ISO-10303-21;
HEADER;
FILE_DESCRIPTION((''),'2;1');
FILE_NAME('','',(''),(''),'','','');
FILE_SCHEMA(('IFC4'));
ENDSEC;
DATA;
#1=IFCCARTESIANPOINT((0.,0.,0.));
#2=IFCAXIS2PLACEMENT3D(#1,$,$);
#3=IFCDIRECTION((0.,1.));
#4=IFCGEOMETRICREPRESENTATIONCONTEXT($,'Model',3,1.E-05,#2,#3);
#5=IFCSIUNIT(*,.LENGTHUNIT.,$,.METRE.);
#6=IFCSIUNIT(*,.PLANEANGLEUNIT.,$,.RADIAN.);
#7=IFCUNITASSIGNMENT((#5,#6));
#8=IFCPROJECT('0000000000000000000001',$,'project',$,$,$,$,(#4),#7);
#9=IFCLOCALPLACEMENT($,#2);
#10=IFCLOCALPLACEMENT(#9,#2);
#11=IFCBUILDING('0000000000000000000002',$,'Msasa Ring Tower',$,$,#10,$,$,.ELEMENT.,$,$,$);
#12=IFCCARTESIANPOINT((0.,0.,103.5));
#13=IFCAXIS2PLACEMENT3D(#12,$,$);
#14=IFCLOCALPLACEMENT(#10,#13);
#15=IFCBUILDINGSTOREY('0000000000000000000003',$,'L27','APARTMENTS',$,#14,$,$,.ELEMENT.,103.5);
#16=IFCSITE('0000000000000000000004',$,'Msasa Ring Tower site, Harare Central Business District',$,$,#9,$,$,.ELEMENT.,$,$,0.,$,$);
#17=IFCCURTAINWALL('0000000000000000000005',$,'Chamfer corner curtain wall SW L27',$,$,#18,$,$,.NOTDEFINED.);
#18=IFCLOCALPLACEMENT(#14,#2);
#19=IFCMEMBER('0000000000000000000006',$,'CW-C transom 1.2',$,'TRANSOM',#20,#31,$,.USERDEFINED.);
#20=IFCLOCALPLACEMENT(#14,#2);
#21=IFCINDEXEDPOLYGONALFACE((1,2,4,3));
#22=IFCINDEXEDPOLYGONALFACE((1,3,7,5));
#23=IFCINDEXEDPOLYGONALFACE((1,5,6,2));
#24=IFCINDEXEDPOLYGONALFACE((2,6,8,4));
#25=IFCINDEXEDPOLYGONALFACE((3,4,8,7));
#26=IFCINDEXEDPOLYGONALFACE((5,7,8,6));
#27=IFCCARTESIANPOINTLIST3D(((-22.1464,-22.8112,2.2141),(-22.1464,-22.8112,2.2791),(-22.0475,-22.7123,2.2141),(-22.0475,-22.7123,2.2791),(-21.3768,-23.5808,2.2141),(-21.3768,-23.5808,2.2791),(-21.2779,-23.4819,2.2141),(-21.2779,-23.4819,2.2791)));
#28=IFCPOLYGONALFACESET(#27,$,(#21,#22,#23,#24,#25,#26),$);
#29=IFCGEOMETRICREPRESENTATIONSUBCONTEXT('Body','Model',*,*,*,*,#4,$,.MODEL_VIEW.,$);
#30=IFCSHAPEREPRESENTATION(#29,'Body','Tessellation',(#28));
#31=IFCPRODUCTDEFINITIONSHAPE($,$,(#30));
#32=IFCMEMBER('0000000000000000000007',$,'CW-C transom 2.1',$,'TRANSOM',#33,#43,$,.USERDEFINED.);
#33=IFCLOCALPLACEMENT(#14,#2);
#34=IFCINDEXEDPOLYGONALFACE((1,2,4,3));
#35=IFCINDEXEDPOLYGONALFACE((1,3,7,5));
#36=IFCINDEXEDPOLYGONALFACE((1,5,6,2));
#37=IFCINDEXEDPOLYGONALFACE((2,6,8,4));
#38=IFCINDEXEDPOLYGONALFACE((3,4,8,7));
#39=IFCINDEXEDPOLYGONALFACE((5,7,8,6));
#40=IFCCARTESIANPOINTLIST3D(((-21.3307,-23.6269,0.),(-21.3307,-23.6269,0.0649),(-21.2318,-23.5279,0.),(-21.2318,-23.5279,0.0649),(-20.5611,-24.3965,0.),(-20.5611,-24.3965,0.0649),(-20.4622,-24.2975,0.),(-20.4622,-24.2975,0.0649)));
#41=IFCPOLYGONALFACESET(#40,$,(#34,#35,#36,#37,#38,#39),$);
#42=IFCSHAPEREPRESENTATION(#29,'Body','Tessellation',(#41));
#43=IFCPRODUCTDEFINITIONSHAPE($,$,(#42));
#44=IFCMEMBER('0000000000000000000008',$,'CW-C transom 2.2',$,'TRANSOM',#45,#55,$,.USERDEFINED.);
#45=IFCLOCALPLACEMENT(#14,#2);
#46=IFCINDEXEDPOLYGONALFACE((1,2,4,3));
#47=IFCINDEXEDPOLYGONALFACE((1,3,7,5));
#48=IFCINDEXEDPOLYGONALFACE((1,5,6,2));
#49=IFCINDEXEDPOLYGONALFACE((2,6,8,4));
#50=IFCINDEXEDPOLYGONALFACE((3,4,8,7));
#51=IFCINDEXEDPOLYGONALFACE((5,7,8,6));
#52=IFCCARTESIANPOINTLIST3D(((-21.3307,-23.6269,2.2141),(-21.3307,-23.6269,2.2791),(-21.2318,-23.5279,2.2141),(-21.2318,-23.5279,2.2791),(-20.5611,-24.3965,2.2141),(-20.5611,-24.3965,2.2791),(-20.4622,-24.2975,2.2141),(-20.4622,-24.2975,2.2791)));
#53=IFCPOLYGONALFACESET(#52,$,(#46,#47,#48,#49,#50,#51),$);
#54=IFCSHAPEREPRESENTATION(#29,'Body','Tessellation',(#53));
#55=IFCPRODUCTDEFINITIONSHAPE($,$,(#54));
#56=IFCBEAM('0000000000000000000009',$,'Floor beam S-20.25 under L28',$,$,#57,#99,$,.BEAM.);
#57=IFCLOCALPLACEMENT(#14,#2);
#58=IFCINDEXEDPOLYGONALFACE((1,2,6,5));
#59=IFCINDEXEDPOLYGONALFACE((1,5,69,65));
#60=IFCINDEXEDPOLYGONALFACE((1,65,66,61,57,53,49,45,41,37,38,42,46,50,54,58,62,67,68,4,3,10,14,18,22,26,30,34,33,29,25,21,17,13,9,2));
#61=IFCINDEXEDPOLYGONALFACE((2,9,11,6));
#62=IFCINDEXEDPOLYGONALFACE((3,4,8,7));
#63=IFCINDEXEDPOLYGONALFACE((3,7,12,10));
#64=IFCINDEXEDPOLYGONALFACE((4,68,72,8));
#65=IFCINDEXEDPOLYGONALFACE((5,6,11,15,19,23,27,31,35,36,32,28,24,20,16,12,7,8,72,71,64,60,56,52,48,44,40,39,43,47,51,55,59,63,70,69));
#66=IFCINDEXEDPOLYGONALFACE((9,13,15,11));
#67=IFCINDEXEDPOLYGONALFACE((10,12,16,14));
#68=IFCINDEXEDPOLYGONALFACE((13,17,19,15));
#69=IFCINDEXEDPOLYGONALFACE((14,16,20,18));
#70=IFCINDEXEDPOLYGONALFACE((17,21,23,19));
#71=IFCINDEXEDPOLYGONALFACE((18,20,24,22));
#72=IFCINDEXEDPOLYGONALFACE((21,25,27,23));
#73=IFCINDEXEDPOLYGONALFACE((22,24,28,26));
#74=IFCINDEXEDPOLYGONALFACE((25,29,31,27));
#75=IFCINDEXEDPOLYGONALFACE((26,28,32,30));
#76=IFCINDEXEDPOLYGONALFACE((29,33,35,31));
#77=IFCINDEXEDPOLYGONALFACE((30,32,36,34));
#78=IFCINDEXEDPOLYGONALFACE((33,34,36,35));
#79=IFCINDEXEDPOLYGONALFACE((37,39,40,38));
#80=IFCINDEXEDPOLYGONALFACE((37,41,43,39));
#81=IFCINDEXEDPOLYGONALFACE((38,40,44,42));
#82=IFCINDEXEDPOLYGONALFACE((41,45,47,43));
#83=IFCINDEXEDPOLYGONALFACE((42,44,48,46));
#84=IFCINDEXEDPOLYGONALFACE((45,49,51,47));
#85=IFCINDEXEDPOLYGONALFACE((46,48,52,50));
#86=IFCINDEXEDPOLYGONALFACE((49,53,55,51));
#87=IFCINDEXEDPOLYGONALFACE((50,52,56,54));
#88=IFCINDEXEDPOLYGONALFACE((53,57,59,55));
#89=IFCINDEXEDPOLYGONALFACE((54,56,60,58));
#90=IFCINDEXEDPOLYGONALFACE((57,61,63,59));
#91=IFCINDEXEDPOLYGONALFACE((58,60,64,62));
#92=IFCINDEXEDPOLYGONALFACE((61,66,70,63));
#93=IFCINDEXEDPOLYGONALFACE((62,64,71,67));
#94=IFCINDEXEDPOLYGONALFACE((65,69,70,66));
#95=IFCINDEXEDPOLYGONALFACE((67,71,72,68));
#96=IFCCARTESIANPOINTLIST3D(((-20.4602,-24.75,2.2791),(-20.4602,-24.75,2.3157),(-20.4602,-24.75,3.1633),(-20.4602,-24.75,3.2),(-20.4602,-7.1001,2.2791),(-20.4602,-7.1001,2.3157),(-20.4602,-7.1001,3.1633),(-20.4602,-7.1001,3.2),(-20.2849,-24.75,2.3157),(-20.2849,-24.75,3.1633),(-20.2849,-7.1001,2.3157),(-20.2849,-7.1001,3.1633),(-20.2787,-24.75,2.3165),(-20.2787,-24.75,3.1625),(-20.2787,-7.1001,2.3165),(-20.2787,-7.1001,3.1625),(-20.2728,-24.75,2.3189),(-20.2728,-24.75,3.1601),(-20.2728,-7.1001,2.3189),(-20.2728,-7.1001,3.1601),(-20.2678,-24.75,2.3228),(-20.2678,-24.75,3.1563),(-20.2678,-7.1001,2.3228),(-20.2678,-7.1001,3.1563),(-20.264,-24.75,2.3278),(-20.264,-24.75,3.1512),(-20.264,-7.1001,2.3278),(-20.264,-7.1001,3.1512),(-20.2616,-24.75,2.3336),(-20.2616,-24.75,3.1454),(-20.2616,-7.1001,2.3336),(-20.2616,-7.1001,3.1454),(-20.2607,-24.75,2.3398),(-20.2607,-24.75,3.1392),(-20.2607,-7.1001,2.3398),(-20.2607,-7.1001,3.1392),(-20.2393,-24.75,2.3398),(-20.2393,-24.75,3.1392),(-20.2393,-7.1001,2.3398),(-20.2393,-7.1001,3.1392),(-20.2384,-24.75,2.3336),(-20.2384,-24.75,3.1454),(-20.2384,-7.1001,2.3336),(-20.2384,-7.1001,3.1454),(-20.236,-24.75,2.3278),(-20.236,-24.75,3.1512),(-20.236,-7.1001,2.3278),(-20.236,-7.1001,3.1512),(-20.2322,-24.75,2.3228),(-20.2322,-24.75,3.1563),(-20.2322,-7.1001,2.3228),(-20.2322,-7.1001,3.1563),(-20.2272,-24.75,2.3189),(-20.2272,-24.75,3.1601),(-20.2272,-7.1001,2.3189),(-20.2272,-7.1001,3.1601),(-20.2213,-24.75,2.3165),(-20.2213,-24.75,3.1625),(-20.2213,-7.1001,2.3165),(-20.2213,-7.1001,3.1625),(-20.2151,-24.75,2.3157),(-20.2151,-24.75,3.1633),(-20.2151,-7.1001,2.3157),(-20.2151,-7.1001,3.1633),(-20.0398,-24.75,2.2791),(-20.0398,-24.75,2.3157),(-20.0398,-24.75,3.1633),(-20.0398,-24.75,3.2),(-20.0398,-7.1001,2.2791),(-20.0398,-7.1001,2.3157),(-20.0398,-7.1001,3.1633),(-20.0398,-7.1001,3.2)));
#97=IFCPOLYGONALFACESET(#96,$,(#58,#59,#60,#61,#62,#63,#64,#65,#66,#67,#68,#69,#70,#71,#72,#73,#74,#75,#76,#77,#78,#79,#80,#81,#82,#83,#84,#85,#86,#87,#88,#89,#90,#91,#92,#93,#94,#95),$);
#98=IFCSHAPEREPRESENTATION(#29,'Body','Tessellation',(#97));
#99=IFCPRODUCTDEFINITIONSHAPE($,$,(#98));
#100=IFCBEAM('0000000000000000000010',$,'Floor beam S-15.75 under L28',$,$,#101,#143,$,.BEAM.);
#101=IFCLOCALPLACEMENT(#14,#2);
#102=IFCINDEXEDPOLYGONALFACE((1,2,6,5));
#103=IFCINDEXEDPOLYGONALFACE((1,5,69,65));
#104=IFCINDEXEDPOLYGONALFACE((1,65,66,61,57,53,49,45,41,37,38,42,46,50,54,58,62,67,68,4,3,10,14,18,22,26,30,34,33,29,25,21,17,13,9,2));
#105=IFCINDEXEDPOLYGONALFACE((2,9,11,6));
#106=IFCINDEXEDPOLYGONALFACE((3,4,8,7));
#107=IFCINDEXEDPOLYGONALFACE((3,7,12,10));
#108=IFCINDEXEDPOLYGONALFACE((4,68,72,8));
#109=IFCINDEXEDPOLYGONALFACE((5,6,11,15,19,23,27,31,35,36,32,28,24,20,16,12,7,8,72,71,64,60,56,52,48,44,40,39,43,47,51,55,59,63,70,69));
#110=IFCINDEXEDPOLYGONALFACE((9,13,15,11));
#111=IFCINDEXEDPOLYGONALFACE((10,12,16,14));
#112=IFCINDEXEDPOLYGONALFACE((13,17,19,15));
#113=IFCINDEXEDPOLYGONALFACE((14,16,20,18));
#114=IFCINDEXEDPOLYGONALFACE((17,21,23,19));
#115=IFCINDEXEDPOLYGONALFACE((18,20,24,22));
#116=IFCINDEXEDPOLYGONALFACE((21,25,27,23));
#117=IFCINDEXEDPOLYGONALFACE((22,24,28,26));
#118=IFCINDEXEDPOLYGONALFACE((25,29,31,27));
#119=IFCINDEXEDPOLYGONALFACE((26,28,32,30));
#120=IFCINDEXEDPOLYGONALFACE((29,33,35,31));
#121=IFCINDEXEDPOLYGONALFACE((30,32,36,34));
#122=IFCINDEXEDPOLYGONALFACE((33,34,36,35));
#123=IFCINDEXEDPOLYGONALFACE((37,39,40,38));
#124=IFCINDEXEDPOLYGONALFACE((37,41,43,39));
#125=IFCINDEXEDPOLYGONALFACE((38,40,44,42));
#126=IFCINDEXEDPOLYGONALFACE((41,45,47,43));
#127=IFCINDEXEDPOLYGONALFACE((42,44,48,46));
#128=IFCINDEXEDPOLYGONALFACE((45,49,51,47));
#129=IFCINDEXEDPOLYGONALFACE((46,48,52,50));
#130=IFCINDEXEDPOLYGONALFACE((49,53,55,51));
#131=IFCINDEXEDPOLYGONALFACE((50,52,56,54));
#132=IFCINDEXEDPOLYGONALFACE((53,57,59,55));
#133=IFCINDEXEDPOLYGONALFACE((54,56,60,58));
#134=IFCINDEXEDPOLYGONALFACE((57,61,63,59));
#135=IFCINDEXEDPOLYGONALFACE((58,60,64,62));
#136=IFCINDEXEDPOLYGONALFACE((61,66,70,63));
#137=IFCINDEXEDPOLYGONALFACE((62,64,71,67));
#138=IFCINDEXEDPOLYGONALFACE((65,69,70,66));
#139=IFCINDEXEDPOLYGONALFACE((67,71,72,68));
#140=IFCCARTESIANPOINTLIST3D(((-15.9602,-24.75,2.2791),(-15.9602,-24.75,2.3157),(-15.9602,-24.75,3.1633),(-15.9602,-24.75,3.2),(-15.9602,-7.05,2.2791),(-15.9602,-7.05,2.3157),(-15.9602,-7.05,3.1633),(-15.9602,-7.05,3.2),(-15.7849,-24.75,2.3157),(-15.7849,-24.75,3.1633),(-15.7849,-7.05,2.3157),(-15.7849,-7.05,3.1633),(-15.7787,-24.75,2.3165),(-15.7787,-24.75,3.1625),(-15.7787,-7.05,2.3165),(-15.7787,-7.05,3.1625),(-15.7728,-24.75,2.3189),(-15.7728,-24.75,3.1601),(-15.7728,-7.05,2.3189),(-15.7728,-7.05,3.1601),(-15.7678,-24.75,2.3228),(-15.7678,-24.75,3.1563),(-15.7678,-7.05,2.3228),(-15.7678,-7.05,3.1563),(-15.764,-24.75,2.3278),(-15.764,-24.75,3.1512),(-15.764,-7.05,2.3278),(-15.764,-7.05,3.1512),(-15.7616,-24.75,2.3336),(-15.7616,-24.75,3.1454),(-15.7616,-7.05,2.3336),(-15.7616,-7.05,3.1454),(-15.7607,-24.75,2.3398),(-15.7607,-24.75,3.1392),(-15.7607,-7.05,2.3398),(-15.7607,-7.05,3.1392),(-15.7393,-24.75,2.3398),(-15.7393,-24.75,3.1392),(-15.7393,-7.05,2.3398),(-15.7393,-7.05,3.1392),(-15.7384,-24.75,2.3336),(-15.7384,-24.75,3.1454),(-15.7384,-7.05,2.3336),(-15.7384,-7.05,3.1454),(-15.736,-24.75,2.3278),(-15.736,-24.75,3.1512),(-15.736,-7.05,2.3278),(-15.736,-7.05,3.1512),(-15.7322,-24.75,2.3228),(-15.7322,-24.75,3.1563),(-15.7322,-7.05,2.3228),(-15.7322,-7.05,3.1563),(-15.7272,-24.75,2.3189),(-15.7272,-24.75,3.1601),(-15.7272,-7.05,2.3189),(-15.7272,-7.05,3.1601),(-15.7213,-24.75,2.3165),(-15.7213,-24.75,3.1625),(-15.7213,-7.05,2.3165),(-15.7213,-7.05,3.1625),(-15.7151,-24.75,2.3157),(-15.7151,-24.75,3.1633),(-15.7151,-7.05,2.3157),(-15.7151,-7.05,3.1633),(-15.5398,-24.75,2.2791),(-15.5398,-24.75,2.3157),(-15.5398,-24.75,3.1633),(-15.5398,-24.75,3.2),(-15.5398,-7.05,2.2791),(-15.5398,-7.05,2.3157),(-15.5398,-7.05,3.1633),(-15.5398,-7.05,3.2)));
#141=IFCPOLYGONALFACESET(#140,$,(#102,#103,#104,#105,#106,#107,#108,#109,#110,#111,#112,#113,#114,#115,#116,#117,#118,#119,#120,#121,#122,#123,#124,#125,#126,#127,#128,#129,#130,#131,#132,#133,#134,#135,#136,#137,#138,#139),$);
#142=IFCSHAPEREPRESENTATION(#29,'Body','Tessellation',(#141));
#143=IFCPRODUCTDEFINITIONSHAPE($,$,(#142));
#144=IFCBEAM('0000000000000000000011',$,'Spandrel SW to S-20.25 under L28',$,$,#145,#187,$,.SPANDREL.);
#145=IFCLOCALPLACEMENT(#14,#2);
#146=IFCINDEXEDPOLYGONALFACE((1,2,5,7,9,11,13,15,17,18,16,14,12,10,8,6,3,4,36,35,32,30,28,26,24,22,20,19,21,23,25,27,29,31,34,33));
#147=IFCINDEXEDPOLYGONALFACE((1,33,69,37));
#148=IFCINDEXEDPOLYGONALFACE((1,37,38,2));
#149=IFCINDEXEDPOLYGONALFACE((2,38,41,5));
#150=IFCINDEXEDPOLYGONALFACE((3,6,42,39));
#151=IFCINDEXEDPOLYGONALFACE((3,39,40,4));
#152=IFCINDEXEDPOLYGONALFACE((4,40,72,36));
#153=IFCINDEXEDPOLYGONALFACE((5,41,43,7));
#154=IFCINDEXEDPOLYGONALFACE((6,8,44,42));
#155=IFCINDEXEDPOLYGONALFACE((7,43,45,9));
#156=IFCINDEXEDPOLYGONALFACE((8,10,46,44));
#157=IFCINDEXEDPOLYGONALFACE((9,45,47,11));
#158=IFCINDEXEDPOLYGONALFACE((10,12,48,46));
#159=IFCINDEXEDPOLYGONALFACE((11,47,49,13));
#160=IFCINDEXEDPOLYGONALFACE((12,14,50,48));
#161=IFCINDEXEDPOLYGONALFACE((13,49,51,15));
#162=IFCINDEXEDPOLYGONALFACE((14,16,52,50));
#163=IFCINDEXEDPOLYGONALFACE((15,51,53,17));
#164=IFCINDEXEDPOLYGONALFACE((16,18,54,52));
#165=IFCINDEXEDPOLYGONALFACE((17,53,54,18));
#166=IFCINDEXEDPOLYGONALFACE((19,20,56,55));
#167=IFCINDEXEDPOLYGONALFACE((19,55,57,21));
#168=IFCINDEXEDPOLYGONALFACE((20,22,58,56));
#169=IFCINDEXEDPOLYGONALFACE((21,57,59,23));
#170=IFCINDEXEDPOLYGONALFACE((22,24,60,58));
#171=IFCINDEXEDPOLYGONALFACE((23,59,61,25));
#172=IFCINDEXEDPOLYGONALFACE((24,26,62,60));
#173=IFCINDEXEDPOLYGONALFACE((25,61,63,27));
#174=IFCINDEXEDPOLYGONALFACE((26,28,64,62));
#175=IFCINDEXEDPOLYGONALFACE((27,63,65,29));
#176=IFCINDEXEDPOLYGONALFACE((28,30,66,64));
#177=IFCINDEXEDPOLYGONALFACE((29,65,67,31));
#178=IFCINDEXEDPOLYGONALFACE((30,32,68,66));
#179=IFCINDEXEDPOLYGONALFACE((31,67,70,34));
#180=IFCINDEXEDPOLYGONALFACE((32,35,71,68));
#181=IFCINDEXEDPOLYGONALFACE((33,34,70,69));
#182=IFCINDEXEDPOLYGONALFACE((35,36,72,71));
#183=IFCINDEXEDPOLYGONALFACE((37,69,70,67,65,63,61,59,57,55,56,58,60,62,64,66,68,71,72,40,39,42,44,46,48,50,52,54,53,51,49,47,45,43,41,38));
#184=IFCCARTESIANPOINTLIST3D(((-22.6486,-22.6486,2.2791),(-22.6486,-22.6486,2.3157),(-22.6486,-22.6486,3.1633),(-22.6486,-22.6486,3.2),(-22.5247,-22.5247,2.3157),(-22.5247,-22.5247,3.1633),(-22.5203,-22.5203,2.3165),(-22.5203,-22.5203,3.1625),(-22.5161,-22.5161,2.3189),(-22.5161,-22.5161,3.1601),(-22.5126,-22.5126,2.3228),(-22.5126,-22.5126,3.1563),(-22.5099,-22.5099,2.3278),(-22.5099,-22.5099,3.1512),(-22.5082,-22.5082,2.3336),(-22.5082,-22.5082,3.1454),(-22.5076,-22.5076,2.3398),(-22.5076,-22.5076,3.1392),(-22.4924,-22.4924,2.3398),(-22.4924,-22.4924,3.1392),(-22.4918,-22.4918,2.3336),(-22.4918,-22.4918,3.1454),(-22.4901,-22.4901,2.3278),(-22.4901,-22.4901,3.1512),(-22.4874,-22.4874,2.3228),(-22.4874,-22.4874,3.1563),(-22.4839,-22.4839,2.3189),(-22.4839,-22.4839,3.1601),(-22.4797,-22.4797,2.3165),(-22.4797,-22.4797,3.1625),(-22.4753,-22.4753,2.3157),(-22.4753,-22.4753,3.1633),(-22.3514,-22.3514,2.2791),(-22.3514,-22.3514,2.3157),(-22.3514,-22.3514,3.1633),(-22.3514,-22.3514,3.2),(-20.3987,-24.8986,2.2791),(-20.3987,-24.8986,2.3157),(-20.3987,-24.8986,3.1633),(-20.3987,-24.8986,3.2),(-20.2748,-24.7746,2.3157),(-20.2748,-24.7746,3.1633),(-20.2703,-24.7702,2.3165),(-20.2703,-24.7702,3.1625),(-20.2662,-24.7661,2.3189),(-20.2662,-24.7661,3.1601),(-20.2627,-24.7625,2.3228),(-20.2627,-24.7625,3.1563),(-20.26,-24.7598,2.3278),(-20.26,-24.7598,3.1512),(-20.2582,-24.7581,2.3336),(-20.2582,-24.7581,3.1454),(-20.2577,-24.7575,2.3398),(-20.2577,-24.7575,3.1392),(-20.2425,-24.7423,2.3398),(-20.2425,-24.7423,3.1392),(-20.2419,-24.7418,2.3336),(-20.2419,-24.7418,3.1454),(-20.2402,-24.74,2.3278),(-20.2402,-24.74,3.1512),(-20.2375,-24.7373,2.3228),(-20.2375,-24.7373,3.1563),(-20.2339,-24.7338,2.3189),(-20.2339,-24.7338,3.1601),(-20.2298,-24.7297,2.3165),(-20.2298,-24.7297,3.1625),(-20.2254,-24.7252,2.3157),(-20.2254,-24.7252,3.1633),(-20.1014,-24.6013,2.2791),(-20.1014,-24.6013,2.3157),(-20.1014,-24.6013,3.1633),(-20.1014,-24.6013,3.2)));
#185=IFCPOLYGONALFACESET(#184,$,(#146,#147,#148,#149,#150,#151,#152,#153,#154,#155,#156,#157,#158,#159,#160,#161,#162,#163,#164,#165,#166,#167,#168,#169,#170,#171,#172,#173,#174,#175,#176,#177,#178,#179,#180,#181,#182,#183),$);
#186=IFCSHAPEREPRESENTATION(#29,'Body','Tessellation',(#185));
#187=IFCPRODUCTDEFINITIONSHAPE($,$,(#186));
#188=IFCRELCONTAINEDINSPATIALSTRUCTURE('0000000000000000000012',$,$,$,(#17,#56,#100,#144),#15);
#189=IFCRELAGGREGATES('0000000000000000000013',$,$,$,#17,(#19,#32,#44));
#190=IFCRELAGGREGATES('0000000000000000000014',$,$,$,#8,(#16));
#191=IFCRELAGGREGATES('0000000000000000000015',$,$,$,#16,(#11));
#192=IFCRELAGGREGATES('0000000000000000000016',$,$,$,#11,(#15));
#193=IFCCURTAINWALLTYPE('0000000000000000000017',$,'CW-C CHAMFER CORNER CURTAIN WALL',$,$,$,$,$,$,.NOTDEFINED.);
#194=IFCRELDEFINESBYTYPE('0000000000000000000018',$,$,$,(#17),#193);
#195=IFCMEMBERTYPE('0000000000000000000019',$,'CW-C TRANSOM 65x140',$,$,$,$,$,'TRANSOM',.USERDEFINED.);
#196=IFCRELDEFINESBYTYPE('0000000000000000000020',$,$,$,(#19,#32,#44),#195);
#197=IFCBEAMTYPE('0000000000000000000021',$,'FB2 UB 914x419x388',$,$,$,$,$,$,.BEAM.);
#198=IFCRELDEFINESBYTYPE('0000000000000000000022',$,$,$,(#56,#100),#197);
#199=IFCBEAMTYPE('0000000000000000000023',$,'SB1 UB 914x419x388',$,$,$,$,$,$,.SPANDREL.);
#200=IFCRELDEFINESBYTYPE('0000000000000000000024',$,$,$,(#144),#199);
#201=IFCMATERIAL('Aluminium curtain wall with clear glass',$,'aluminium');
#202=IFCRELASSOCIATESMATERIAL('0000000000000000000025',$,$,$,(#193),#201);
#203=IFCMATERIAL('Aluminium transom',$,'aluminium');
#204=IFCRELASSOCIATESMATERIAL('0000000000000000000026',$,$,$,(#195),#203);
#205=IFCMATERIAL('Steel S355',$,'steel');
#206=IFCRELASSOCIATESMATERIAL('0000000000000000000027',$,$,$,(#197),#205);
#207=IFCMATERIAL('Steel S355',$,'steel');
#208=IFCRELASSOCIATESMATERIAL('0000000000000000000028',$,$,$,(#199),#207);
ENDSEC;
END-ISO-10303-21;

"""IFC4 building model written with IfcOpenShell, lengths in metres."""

from ifc_helpers import new_model, si_unit, direction, frame, origin, origin_2d, place, context, subcontext, project, spatial, rectangle, i_section, extrude, material, material_profile, profile_set, type_object, element, aggregate, save


model = new_model("IFC4")

# Units and contexts
model_context = context("Model", 3, precision=1e-05, world=origin(), true_north=direction((0.0, 1.0)))
body_context = subcontext(model_context, "Body", "Model", "MODEL_VIEW")
ifc_project = project(units=[si_unit("LENGTHUNIT", "METRE"), si_unit("PLANEANGLEUNIT", "RADIAN")], contexts=[model_context])

# Site, building, storey
site_placement = place(None, origin())
site = spatial("IfcSite", under=ifc_project, at=site_placement, Name="Msasa Ring Tower site, Harare Central Business District", CompositionType="ELEMENT", RefElevation=0.0)
building_placement = place(site_placement, origin())
building = spatial("IfcBuilding", under=site, at=building_placement, Name="Msasa Ring Tower", CompositionType="ELEMENT")
storey_placement = place(building_placement, frame((0.0, 0.0, 103.5)))
storey = spatial("IfcBuildingStorey", under=building, at=storey_placement, Name="L27", Description="APARTMENTS", CompositionType="ELEMENT", Elevation=103.5)

# Curtain wall
ifc_material_1 = material(Name="Aluminium curtain wall with clear glass", Category="aluminium")
curtain_wall_type = type_object("IfcCurtainWallType", Name="CW-C CHAMFER CORNER CURTAIN WALL", PredefinedType="NOTDEFINED", material=ifc_material_1)
curtain_wall_1_placement = place(storey_placement, origin())
curtain_wall_1 = element("IfcCurtainWall", 1, at=curtain_wall_1_placement, inside=storey, type_object=curtain_wall_type, Name="Chamfer corner curtain wall SW L27", PredefinedType="NOTDEFINED")

# Members
ifc_material_2 = material(Name="Aluminium transom", Category="aluminium")
ifc_material_profile_1 = material_profile(ifc_material_2, rectangle(XDim=0.1399, YDim=0.0649, at=origin_2d()), Name="AL 65x140")
ifc_profile_set_1 = profile_set([ifc_material_profile_1], Name="Aluminium transom")
member_type_1 = type_object("IfcMemberType", Name="CW-C TRANSOM 65x140", ElementType="TRANSOM", PredefinedType="USERDEFINED", material=ifc_profile_set_1)
member_1_placement = place(storey_placement, frame((-22.0969, -22.7617, 2.2466), z_axis=(0.707107, -0.707107, 0.0), x_axis=(0.707107, 0.707107, 0.0)))
member_1 = element("IfcMember", 2, at=member_1_placement, type_object=member_type_1, Name="CW-C transom 1.2", ObjectType="TRANSOM", PredefinedType="USERDEFINED", context=body_context, shape_type="SweptSolid", body=[
    extrude(rectangle(XDim=0.1399, YDim=0.0649, at=origin_2d()), origin(), (0.0, 0.0, 1.0), 1.0884),
])
member_2_placement = place(storey_placement, frame((-21.2812, -23.5774, 0.0325), z_axis=(0.707107, -0.707107, 0.0), x_axis=(0.707107, 0.707107, 0.0)))
member_2 = element("IfcMember", 3, at=member_2_placement, type_object=member_type_1, Name="CW-C transom 2.1", ObjectType="TRANSOM", PredefinedType="USERDEFINED", context=body_context, shape_type="SweptSolid", body=[
    extrude(rectangle(XDim=0.1399, YDim=0.0649, at=origin_2d()), origin(), (0.0, 0.0, 1.0), 1.0884),
])
member_3_placement = place(storey_placement, frame((-21.2812, -23.5774, 2.2466), z_axis=(0.707107, -0.707107, 0.0), x_axis=(0.707107, 0.707107, 0.0)))
member_3 = element("IfcMember", 4, at=member_3_placement, type_object=member_type_1, Name="CW-C transom 2.2", ObjectType="TRANSOM", PredefinedType="USERDEFINED", context=body_context, shape_type="SweptSolid", body=[
    extrude(rectangle(XDim=0.1399, YDim=0.0649, at=origin_2d()), origin(), (0.0, 0.0, 1.0), 1.0884),
])

# Beams
ifc_material_3 = material(Name="Steel S355", Category="steel")
ifc_material_profile_2 = material_profile(ifc_material_3, i_section(OverallWidth=0.4204, OverallDepth=0.9209, WebThickness=0.0215, FlangeThickness=0.0366, FilletRadius=0.0242, at=origin_2d()), Name="UB 914x419x388")
ifc_profile_set_2 = profile_set([ifc_material_profile_2], Name="Steel S355")
beam_type_1 = type_object("IfcBeamType", Name="FB2 UB 914x419x388", PredefinedType="BEAM", material=ifc_profile_set_2)
beam_1_placement = place(storey_placement, frame((-20.25, -24.75, 2.7395), z_axis=(0.0, 1.0, 0.0), x_axis=(-1.0, 0.0, 0.0)))
element("IfcBeam", 5, at=beam_1_placement, inside=storey, type_object=beam_type_1, Name="Floor beam S-20.25 under L28", PredefinedType="BEAM", context=body_context, shape_type="SweptSolid", body=[
    extrude(i_section(OverallWidth=0.4204, OverallDepth=0.9209, WebThickness=0.0215, FlangeThickness=0.0366, FilletRadius=0.0242, at=origin_2d()), origin(), (0.0, 0.0, 1.0), 17.6499),
])
beam_2_placement = place(storey_placement, frame((-15.75, -24.75, 2.7395), z_axis=(0.0, 1.0, 0.0), x_axis=(-1.0, 0.0, 0.0)))
element("IfcBeam", 6, at=beam_2_placement, inside=storey, type_object=beam_type_1, Name="Floor beam S-15.75 under L28", PredefinedType="BEAM", context=body_context, shape_type="SweptSolid", body=[
    extrude(i_section(OverallWidth=0.4204, OverallDepth=0.9209, WebThickness=0.0215, FlangeThickness=0.0366, FilletRadius=0.0242, at=origin_2d()), origin(), (0.0, 0.0, 1.0), 17.7),
])
ifc_material_4 = material(Name="Steel S355", Category="steel")
ifc_material_profile_3 = material_profile(ifc_material_4, i_section(OverallWidth=0.4204, OverallDepth=0.9209, WebThickness=0.0215, FlangeThickness=0.0366, FilletRadius=0.0242, at=origin_2d()), Name="UB 914x419x388")
ifc_profile_set_3 = profile_set([ifc_material_profile_3], Name="Steel S355")
beam_type_2 = type_object("IfcBeamType", Name="SB1 UB 914x419x388", PredefinedType="SPANDREL", material=ifc_profile_set_3)
beam_3_placement = place(storey_placement, frame((-22.5, -22.5, 2.7395), z_axis=(0.707107, -0.707107, 0.0), x_axis=(0.707107, 0.707107, 0.0)))
element("IfcBeam", 7, at=beam_3_placement, inside=storey, type_object=beam_type_2, Name="Spandrel SW to S-20.25 under L28", PredefinedType="SPANDREL", context=body_context, shape_type="SweptSolid", body=[
    extrude(i_section(OverallWidth=0.4204, OverallDepth=0.9209, WebThickness=0.0215, FlangeThickness=0.0366, FilletRadius=0.0242, at=origin_2d()), origin(), (0.0, 0.0, 1.0), 3.1819),
])

aggregate(curtain_wall_1, [member_1, member_2, member_3])

save(model, "model.ifc")
